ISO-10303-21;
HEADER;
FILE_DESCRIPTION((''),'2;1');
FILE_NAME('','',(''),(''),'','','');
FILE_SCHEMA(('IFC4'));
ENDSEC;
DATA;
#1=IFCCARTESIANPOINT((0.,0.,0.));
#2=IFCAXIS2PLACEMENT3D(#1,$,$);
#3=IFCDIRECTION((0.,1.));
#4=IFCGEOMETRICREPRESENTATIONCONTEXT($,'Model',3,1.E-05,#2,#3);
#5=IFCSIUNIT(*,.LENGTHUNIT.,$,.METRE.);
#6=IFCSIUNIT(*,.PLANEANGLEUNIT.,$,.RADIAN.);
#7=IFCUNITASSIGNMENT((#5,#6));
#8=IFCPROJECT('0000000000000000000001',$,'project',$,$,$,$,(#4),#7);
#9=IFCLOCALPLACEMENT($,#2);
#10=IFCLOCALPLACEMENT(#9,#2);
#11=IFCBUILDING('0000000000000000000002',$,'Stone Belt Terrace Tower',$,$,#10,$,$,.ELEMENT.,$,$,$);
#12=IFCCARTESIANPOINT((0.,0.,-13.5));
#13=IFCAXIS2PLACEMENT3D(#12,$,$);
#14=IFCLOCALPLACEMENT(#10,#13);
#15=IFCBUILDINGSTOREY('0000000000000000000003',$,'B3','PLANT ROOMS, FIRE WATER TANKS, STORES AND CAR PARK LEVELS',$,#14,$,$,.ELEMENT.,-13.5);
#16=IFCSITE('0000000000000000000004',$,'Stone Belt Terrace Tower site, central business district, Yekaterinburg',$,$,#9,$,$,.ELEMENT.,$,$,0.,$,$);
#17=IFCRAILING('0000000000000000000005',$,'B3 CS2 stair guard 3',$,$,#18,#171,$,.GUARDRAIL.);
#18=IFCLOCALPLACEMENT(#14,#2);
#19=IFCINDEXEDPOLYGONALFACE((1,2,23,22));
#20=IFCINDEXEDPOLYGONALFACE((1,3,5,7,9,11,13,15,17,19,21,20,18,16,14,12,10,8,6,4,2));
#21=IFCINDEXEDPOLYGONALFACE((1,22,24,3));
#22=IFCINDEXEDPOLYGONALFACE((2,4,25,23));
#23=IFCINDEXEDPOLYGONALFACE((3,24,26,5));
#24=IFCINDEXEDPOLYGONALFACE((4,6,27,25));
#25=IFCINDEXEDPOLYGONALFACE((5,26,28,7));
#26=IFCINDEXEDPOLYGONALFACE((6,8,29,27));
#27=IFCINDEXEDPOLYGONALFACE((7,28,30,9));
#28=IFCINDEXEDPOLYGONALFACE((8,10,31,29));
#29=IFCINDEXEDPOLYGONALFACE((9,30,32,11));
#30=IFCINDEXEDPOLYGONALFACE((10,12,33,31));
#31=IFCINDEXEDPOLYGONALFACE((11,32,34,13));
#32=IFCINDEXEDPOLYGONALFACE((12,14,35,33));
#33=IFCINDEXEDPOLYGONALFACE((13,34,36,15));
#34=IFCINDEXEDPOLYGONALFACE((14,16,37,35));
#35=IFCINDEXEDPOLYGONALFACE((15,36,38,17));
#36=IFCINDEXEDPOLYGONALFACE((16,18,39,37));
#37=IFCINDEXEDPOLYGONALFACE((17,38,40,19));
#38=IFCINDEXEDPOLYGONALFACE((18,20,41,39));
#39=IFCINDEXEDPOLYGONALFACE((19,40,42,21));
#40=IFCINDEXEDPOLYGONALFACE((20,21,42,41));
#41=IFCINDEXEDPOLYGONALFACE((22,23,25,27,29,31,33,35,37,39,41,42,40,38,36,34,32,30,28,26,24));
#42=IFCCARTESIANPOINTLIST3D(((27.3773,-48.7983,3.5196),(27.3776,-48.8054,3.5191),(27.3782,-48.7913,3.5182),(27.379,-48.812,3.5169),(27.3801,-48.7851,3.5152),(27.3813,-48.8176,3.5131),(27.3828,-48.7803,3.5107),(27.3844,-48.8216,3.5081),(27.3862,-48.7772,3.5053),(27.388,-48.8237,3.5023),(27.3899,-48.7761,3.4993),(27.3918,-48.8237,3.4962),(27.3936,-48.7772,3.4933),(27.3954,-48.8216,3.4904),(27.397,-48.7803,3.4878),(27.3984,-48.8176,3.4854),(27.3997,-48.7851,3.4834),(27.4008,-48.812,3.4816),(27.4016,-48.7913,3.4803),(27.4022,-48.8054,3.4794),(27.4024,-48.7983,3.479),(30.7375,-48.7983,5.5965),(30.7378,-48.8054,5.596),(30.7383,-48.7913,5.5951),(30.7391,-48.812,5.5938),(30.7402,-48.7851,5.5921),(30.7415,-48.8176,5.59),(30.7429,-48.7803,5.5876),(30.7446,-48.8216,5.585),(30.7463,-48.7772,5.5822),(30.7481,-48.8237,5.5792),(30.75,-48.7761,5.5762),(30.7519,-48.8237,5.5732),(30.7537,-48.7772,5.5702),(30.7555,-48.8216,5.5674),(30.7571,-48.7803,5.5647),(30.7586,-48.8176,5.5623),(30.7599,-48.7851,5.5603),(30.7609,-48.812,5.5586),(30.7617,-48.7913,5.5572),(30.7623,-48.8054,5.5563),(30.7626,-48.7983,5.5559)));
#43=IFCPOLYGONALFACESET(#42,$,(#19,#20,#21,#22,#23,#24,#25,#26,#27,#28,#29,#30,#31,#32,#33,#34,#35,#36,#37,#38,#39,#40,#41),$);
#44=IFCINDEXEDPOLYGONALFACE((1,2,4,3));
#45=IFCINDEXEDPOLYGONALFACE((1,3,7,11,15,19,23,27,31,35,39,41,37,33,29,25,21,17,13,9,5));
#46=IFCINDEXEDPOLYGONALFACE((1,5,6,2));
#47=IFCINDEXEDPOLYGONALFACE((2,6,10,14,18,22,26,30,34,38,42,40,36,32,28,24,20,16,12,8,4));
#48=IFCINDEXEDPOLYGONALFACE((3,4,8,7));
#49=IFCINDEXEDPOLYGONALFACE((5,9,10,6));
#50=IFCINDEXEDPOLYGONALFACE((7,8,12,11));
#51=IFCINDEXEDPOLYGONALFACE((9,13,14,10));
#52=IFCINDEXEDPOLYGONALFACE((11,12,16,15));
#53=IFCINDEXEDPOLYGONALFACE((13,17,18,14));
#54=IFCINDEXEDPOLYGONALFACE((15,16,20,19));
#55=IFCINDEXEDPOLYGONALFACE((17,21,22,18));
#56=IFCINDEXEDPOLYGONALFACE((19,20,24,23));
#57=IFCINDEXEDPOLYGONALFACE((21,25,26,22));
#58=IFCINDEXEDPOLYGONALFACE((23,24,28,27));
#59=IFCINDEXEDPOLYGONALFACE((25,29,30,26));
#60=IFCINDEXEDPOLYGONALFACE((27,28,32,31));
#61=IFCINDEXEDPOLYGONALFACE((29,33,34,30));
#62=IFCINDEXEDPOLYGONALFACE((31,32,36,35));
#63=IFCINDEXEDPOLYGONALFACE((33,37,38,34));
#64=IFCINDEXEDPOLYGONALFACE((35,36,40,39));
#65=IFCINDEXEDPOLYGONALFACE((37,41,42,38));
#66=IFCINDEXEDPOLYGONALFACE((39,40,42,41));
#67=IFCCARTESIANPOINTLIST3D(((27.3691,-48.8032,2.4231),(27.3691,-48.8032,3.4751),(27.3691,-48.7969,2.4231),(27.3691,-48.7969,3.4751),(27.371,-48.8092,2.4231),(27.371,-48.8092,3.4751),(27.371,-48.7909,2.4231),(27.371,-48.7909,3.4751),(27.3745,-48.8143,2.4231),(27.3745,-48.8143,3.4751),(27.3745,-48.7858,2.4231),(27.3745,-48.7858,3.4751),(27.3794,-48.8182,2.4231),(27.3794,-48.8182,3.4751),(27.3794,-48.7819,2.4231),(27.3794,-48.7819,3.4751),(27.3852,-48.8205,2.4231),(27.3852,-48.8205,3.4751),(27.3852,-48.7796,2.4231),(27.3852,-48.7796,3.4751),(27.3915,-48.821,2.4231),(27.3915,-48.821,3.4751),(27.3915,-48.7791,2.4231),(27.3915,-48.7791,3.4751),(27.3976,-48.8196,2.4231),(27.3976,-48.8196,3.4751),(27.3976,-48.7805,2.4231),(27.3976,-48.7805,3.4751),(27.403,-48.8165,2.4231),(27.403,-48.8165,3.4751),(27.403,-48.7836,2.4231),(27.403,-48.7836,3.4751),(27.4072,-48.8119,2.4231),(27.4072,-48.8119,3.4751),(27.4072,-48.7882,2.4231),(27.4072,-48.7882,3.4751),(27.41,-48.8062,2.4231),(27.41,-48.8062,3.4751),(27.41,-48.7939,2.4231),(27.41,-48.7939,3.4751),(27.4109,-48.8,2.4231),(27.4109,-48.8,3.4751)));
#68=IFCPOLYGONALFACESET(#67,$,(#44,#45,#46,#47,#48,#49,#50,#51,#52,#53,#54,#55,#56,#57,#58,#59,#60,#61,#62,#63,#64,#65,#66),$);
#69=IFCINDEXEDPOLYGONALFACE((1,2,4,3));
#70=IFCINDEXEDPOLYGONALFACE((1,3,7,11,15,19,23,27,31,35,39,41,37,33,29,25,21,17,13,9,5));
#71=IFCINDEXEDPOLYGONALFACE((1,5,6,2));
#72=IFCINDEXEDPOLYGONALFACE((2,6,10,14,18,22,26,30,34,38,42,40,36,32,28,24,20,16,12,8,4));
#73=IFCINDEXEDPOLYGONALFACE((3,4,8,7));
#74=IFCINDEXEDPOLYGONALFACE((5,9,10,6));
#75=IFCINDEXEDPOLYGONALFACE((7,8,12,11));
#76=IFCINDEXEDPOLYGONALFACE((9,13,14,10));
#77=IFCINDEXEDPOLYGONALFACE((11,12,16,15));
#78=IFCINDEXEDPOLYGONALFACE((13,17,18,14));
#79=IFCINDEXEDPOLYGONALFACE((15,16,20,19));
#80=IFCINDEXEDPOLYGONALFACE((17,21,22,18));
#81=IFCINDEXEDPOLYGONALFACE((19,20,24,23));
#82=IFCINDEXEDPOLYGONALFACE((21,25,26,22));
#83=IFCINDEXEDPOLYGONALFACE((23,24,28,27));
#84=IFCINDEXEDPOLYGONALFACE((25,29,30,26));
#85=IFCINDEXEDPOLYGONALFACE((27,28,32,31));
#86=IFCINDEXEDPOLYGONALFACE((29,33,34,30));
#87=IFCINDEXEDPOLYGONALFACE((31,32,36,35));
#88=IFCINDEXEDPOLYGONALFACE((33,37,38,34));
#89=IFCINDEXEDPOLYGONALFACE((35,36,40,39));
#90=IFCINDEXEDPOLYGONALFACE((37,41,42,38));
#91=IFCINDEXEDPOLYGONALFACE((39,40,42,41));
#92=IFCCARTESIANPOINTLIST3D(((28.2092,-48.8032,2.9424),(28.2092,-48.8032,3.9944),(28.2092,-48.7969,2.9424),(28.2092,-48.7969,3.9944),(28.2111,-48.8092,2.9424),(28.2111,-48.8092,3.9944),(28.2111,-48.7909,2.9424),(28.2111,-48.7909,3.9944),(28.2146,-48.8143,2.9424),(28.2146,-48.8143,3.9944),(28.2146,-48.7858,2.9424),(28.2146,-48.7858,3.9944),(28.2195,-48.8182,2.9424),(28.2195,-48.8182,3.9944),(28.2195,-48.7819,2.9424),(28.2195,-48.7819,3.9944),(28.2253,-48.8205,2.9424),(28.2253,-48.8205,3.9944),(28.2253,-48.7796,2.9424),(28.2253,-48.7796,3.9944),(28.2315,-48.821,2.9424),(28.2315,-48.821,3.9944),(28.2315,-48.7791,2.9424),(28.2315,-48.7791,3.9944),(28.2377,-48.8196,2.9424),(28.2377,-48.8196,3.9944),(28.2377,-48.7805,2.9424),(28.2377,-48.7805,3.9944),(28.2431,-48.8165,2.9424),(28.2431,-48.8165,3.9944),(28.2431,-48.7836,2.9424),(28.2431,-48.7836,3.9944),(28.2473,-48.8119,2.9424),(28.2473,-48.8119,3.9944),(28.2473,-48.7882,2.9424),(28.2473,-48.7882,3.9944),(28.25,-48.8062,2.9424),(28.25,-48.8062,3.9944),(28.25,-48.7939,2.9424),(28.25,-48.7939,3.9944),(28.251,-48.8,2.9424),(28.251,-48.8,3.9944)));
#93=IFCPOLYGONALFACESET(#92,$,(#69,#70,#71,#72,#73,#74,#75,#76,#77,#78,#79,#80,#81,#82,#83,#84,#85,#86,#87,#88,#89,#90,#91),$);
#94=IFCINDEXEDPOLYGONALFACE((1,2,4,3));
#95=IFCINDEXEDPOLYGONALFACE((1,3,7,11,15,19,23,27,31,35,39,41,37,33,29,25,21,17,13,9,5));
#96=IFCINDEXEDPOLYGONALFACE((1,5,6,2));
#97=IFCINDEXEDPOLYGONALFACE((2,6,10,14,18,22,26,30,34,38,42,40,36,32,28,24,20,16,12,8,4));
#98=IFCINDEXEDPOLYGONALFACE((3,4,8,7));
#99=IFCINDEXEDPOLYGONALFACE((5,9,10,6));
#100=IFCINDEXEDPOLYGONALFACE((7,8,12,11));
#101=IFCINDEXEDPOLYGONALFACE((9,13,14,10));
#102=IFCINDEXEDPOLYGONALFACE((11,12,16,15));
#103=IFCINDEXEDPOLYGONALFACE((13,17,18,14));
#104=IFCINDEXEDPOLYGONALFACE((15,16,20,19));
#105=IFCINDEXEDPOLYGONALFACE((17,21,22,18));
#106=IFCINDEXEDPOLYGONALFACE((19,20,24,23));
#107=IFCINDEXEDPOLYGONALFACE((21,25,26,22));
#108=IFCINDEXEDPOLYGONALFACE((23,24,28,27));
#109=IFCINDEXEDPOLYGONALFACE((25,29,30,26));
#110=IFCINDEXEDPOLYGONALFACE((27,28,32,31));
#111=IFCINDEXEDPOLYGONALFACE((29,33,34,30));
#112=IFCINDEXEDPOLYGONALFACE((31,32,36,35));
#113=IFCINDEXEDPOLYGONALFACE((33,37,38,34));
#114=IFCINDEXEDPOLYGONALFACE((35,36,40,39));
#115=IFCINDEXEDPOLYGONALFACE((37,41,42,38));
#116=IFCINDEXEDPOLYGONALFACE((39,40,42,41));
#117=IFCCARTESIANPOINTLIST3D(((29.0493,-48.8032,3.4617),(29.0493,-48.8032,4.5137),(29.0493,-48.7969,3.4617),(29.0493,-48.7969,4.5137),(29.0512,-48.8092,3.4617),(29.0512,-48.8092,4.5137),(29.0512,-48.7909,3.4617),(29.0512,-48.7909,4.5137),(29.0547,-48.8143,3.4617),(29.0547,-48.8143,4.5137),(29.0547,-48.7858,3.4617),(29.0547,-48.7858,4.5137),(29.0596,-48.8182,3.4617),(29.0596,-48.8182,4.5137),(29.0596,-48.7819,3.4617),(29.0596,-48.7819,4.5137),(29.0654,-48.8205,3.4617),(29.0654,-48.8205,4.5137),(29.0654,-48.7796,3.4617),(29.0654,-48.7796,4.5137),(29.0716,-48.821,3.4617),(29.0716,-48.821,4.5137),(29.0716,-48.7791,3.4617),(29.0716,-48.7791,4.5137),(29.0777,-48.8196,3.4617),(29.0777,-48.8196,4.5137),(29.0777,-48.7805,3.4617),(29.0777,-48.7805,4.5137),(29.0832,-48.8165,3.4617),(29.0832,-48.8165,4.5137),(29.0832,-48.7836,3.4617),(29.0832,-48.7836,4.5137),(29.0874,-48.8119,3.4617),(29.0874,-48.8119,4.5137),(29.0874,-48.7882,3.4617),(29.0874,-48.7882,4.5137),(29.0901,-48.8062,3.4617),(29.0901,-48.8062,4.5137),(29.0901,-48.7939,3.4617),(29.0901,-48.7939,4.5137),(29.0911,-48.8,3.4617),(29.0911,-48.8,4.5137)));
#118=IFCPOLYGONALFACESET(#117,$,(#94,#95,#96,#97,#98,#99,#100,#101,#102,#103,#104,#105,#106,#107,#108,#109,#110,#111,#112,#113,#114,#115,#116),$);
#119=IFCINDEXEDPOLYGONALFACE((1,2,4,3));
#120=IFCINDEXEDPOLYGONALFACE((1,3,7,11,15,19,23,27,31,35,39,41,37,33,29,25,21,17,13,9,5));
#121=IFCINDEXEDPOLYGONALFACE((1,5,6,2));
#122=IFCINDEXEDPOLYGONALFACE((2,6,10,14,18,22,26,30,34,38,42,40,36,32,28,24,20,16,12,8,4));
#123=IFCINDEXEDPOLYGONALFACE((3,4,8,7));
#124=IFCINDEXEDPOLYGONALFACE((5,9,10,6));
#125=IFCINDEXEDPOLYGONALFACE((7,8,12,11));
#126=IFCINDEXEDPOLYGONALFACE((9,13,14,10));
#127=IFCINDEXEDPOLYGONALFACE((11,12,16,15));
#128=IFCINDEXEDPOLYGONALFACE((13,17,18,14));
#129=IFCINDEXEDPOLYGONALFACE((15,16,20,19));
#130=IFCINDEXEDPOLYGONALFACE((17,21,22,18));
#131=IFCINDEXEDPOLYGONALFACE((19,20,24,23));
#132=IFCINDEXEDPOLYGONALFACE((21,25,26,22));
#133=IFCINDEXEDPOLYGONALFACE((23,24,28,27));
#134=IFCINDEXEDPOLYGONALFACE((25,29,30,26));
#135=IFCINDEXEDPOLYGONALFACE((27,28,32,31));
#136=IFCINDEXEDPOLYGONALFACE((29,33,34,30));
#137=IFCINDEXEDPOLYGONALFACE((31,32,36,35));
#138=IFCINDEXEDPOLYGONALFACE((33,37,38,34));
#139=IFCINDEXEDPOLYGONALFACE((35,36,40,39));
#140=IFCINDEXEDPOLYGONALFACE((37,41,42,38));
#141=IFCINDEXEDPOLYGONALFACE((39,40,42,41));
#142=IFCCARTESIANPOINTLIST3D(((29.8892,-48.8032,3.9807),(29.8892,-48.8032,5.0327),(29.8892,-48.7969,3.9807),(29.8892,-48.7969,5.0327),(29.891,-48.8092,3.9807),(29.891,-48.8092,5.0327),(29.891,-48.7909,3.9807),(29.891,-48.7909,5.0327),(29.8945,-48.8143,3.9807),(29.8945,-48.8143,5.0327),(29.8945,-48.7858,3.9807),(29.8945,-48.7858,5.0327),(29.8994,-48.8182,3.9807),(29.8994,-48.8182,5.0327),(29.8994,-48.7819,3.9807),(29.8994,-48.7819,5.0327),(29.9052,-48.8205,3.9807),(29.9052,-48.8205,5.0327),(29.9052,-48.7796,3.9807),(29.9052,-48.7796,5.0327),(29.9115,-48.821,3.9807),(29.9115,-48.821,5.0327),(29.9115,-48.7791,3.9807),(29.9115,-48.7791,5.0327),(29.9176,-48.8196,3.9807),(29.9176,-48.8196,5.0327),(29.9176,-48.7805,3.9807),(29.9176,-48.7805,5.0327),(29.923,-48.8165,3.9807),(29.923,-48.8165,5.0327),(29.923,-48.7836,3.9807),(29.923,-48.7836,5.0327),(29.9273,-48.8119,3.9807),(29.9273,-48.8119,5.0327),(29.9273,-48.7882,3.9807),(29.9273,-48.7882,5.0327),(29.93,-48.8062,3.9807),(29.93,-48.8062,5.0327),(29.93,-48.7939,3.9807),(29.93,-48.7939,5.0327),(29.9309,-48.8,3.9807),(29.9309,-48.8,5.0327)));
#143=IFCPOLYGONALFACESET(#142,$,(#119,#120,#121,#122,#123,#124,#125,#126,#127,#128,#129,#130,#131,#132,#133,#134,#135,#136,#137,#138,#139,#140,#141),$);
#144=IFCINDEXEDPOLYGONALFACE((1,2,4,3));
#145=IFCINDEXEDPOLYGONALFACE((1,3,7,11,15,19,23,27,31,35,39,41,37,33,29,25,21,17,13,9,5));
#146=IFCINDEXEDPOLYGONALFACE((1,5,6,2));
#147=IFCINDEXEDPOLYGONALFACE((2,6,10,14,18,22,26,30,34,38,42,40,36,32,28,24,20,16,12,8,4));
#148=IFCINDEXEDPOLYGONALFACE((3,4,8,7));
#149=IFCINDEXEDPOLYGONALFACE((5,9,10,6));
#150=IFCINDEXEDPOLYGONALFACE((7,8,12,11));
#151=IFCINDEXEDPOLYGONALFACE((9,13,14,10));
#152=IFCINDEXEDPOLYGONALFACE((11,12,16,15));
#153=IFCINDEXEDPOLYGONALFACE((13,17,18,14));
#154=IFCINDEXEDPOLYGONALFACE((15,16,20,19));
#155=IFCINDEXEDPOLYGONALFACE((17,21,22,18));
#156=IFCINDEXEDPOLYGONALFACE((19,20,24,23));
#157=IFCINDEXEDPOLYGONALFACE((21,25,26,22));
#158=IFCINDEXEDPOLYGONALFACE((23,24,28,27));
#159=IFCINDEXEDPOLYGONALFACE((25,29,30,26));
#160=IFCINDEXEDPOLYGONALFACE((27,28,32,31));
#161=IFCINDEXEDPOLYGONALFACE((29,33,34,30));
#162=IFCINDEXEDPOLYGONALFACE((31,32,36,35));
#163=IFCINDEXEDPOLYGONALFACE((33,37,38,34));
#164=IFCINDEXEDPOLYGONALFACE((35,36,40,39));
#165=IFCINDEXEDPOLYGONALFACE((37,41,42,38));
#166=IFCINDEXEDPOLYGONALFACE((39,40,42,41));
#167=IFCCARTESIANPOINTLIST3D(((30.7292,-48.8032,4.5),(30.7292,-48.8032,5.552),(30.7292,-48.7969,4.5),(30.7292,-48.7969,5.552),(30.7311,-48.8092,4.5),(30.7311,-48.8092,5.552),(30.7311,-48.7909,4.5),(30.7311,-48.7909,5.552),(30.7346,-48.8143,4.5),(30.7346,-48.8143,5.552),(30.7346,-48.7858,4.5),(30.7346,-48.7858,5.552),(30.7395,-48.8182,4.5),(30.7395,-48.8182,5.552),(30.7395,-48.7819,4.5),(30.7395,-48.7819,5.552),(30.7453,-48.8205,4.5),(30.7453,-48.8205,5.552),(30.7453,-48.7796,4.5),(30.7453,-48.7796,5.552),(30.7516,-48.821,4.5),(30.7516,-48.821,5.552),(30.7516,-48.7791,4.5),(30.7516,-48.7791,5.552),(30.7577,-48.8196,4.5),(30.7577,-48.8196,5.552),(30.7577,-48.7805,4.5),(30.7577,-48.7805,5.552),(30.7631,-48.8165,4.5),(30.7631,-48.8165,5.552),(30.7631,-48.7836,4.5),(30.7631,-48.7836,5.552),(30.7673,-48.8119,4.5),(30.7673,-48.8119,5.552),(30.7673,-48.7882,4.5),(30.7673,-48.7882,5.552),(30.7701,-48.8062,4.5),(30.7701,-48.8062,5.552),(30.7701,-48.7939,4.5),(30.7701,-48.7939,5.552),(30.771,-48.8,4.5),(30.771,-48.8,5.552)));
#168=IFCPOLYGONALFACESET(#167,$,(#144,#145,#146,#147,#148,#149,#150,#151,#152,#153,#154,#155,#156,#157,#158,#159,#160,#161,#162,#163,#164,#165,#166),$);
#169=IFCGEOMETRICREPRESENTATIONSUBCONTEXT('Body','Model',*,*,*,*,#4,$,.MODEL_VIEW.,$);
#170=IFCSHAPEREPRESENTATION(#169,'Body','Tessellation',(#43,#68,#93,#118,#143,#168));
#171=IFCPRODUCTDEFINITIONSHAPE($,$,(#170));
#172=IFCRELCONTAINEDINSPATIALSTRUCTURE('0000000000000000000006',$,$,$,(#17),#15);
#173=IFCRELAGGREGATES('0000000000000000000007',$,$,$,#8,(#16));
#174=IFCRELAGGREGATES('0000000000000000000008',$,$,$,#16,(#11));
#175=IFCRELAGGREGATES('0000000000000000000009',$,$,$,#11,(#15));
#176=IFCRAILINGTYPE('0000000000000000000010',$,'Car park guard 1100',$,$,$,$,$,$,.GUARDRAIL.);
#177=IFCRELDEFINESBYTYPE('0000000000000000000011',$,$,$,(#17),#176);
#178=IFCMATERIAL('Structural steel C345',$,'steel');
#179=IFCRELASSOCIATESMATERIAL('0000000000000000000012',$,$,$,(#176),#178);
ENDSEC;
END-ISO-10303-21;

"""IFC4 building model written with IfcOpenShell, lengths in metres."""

from ifc_helpers import new_model, si_unit, direction, frame, origin, origin_2d, place, context, subcontext, project, spatial, circle, extrude, material, type_object, element, save


model = new_model("IFC4")

# Units and contexts
model_context = context("Model", 3, precision=1e-05, world=origin(), true_north=direction((0.0, 1.0)))
body_context = subcontext(model_context, "Body", "Model", "MODEL_VIEW")
ifc_project = project(units=[si_unit("LENGTHUNIT", "METRE"), si_unit("PLANEANGLEUNIT", "RADIAN")], contexts=[model_context])

# Site, building, storey
site_placement = place(None, origin())
site = spatial("IfcSite", under=ifc_project, at=site_placement, Name="Stone Belt Terrace Tower site, central business district, Yekaterinburg", CompositionType="ELEMENT", RefElevation=0.0)
building_placement = place(site_placement, origin())
building = spatial("IfcBuilding", under=site, at=building_placement, Name="Stone Belt Terrace Tower", CompositionType="ELEMENT")
storey_placement = place(building_placement, frame((0.0, 0.0, -13.5)))
storey = spatial("IfcBuildingStorey", under=building, at=storey_placement, Name="B3", Description="PLANT ROOMS, FIRE WATER TANKS, STORES AND CAR PARK LEVELS", CompositionType="ELEMENT", Elevation=-13.5)

# Railing
ifc_material_1 = material(Name="Structural steel C345", Category="steel")
railing_type_1 = type_object("IfcRailingType", Name="Car park guard 1100", PredefinedType="GUARDRAIL", material=ifc_material_1)
railing_1_placement = place(storey_placement, frame((27.3899, -48.8, 2.4231)))
element("IfcRailing", 1, at=railing_1_placement, inside=storey, type_object=railing_type_1, Name="B3 CS2 stair guard 3", PredefinedType="GUARDRAIL", context=body_context, shape_type="SweptSolid", body=[
    extrude(circle(Radius=0.0239, at=origin_2d()), frame((0.0, 0.0, 1.0762), z_axis=(0.850623, 0.0, 0.525776), x_axis=(0.0, 1.0, 0.0)), (0.0, 0.0, 1.0), 3.9502),
    extrude(circle(Radius=0.021, at=origin_2d()), origin(), (0.0, 0.0, 1.0), 1.052),
    extrude(circle(Radius=0.021, at=origin_2d()), frame((0.8401, 0.0, 0.5193)), (0.0, 0.0, 1.0), 1.052),
    extrude(circle(Radius=0.021, at=origin_2d()), frame((1.6802, 0.0, 1.0386)), (0.0, 0.0, 1.0), 1.052),
    extrude(circle(Radius=0.021, at=origin_2d()), frame((2.52, 0.0, 1.5576)), (0.0, 0.0, 1.0), 1.052),
    extrude(circle(Radius=0.021, at=origin_2d()), frame((3.3601, 0.0, 2.0769)), (0.0, 0.0, 1.0), 1.052),
])

save(model, "model.ifc")
